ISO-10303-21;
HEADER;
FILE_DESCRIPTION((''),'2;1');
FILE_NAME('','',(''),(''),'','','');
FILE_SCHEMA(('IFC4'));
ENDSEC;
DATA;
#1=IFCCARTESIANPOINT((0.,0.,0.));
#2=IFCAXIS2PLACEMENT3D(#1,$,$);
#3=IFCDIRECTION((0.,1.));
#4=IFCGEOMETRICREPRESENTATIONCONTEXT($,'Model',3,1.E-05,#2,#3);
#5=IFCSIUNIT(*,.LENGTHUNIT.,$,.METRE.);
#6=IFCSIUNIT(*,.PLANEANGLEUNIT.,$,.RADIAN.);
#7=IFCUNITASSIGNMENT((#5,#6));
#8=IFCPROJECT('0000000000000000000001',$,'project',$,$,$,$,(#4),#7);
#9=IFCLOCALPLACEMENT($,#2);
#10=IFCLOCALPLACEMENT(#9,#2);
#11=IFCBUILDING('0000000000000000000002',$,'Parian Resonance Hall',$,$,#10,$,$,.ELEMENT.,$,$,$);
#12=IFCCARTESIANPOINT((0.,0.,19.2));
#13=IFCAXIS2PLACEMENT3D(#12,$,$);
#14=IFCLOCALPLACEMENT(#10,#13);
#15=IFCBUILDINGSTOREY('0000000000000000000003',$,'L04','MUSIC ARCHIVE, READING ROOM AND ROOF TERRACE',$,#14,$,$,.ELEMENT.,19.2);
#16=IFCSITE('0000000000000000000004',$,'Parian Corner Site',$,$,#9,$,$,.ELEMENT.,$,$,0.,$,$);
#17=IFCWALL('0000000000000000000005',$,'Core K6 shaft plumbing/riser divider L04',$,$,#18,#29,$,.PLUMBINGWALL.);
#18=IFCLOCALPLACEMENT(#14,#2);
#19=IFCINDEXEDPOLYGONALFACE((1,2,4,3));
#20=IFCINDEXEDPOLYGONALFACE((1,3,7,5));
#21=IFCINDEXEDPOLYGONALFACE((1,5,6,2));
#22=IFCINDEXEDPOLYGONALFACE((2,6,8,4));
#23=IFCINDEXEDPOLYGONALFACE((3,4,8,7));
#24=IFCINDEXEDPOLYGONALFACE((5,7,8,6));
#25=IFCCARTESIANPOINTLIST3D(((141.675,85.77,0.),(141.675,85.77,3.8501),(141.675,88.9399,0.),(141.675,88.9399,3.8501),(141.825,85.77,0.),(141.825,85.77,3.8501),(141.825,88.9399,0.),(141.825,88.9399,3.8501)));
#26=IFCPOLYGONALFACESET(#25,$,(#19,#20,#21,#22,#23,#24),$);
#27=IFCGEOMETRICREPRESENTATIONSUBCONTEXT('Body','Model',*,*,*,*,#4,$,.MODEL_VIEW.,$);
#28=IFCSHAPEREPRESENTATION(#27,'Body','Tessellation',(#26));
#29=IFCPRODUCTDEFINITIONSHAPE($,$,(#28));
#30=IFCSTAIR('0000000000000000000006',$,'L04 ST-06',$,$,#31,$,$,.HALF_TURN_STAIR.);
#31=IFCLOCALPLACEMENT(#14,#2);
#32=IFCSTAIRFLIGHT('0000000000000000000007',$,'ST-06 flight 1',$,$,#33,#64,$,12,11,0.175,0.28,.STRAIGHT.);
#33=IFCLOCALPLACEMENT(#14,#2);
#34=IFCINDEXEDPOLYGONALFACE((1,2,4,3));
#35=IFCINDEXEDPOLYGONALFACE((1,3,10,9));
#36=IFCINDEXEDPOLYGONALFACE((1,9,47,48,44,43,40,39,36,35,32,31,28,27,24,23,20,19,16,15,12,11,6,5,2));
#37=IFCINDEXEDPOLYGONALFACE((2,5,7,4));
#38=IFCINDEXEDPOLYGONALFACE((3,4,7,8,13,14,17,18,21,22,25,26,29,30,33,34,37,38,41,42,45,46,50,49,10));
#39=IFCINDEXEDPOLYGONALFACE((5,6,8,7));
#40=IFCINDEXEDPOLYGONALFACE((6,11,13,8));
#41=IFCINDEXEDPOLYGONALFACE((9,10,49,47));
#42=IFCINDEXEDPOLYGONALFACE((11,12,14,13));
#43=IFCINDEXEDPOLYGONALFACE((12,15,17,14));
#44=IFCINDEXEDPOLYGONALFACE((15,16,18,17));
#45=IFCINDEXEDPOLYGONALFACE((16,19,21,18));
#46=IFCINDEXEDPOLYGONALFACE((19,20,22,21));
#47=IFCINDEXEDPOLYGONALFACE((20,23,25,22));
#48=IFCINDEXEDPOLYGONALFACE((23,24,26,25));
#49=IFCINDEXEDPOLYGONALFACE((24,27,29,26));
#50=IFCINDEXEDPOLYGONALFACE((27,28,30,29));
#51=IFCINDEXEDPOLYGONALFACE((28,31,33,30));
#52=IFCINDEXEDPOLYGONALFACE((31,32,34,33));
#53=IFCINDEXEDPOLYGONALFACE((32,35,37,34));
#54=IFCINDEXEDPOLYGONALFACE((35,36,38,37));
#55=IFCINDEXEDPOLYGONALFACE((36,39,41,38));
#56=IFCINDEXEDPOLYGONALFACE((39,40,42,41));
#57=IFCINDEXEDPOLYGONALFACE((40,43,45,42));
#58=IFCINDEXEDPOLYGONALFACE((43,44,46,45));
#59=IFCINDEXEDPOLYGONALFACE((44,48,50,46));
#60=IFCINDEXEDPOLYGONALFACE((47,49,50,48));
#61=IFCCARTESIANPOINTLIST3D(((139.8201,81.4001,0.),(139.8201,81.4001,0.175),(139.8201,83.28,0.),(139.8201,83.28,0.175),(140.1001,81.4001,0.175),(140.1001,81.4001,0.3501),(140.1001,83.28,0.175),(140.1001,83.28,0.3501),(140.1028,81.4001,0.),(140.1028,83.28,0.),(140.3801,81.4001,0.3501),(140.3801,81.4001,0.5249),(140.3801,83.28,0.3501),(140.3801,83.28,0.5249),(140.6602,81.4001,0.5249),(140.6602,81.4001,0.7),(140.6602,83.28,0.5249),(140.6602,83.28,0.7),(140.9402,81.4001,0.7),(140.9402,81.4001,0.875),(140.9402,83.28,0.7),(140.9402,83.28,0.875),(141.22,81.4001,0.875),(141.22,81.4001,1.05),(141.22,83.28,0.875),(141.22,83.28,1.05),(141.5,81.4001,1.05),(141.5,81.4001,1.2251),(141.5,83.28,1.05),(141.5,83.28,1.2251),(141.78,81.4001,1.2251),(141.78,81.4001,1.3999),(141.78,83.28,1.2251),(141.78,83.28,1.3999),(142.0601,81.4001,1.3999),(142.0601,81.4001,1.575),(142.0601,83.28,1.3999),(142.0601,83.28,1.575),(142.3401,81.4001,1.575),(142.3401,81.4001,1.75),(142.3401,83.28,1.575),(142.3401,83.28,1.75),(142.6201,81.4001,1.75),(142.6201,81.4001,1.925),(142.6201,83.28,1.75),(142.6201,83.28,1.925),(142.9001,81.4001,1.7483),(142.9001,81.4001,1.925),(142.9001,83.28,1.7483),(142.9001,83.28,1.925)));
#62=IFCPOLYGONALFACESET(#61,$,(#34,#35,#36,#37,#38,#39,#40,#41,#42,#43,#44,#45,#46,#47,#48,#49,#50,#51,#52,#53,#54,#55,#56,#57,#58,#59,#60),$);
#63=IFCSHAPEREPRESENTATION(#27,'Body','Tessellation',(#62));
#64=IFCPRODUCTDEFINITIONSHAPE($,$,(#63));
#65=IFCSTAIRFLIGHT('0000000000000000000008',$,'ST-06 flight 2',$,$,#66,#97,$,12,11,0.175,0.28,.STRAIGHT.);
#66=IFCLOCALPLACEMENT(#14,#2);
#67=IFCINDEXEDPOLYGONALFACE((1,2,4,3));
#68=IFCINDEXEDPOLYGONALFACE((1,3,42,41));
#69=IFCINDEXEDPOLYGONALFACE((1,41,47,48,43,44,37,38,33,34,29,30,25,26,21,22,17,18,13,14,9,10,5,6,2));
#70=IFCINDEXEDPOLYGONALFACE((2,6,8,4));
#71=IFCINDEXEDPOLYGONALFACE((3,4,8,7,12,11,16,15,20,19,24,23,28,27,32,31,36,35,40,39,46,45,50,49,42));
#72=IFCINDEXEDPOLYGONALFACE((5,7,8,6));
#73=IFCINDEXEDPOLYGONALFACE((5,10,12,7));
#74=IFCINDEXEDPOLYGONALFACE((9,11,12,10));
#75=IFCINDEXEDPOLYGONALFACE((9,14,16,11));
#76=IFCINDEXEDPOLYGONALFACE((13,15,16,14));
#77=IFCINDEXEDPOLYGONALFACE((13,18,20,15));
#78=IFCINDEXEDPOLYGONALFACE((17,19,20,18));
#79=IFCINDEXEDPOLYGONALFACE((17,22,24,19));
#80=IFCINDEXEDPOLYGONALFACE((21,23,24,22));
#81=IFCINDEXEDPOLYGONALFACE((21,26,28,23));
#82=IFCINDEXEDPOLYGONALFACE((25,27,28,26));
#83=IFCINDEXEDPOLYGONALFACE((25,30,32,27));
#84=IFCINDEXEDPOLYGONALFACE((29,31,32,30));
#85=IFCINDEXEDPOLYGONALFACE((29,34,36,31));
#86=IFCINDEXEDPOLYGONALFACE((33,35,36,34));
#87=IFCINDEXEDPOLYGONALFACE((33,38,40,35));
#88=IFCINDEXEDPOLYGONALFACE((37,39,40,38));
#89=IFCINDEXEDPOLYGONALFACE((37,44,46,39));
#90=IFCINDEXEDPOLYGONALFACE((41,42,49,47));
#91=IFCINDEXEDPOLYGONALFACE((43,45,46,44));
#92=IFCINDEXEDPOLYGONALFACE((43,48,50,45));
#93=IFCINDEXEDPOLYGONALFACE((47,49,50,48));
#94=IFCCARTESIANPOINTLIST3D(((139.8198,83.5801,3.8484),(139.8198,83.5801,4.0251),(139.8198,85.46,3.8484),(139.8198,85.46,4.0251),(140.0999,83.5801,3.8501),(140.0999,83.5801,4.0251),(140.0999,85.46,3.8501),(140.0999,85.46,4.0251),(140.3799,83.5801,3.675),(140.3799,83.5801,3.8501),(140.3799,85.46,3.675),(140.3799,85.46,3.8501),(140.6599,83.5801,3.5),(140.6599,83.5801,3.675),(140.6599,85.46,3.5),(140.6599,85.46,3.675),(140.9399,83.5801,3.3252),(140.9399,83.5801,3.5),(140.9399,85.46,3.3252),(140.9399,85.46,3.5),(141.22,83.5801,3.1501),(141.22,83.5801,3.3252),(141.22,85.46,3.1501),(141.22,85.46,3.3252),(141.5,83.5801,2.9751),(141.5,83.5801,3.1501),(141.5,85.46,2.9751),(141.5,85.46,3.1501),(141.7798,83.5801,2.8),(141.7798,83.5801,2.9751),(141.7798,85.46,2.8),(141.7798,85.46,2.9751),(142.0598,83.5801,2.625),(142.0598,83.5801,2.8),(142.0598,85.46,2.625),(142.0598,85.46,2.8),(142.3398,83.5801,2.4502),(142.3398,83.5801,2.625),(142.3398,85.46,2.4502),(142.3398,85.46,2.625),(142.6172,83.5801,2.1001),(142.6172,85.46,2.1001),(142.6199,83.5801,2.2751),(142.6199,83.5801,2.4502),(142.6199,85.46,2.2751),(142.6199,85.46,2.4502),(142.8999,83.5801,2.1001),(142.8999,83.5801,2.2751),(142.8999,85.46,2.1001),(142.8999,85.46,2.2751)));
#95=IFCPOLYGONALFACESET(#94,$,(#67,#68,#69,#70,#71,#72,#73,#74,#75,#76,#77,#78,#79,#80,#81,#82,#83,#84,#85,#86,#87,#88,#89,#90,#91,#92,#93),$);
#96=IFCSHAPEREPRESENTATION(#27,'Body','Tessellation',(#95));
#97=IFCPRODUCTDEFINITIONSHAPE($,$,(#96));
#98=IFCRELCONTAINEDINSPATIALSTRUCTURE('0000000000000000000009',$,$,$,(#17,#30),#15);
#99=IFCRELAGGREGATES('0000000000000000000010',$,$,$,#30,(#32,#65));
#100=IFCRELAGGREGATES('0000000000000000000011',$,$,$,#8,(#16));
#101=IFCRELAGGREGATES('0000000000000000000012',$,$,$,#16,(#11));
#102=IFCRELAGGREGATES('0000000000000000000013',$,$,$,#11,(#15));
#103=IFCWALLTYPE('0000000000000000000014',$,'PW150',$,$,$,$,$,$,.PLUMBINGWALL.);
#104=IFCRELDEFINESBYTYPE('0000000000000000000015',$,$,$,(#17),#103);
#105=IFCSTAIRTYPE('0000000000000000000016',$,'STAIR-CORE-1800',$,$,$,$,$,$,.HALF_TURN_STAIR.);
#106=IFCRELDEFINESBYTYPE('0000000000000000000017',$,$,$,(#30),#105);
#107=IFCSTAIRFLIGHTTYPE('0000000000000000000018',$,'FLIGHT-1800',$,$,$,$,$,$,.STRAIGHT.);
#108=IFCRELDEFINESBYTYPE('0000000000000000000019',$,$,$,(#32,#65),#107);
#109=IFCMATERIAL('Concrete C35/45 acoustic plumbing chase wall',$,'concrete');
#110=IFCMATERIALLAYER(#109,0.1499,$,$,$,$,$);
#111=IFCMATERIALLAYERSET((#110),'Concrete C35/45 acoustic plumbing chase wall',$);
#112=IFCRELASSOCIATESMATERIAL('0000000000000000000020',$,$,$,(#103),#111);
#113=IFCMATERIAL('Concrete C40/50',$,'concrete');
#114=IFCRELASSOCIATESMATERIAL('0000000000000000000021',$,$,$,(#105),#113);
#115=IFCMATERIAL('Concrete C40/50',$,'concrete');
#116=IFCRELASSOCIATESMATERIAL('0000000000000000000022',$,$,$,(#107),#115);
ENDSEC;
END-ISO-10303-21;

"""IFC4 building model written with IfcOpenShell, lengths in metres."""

from ifc_helpers import new_model, si_unit, direction, frame, frame_2d, origin, place, context, subcontext, project, spatial, polyline, rectangle, outline, extrude, material, layer, layer_set, type_object, element, aggregate, save


model = new_model("IFC4")

# Units and contexts
model_context = context("Model", 3, precision=1e-05, world=origin(), true_north=direction((0.0, 1.0)))
body_context = subcontext(model_context, "Body", "Model", "MODEL_VIEW")
ifc_project = project(units=[si_unit("LENGTHUNIT", "METRE"), si_unit("PLANEANGLEUNIT", "RADIAN")], contexts=[model_context])

# Site, building, storey
site_placement = place(None, origin())
site = spatial("IfcSite", under=ifc_project, at=site_placement, Name="Parian Corner Site", CompositionType="ELEMENT", RefElevation=0.0)
building_placement = place(site_placement, origin())
building = spatial("IfcBuilding", under=site, at=building_placement, Name="Parian Resonance Hall", CompositionType="ELEMENT")
storey_placement = place(building_placement, frame((0.0, 0.0, 19.2)))
storey = spatial("IfcBuildingStorey", under=building, at=storey_placement, Name="L04", Description="MUSIC ARCHIVE, READING ROOM AND ROOF TERRACE", CompositionType="ELEMENT", Elevation=19.2)

# Wall
ifc_material_1 = material(Name="Concrete C35/45 acoustic plumbing chase wall", Category="concrete")
ifc_layer_1 = layer(ifc_material_1, 0.1499)
ifc_layer_set_1 = layer_set([ifc_layer_1], Name="Concrete C35/45 acoustic plumbing chase wall")
wall_type_1 = type_object("IfcWallType", Name="PW150", PredefinedType="PLUMBINGWALL", material=ifc_layer_set_1)
wall_1_placement = place(storey_placement, frame((141.75, 85.77, 0.0), z_axis=(0.0, 0.0, 1.0), x_axis=(0.0, 1.0, 0.0)))
element("IfcWall", 1, at=wall_1_placement, inside=storey, type_object=wall_type_1, Name="Core K6 shaft plumbing/riser divider L04", PredefinedType="PLUMBINGWALL", context=body_context, shape_type="SweptSolid", body=[
    extrude(rectangle(XDim=3.1699, YDim=0.1499, at=frame_2d((1.585, 0.0))), origin(), (0.0, 0.0, 1.0), 3.8501),
])

# Stair, stair flights
ifc_material_2 = material(Name="Concrete C40/50", Category="concrete")
stair_type = type_object("IfcStairType", Name="STAIR-CORE-1800", PredefinedType="HALF_TURN_STAIR", material=ifc_material_2)
stair_placement = place(storey_placement, origin())
stair = element("IfcStair", 2, at=stair_placement, inside=storey, type_object=stair_type, Name="L04 ST-06", PredefinedType="HALF_TURN_STAIR")
ifc_material_3 = material(Name="Concrete C40/50", Category="concrete")
stair_flight_type = type_object("IfcStairFlightType", Name="FLIGHT-1800", PredefinedType="STRAIGHT", material=ifc_material_3)
stair_flight_1_placement = place(storey_placement, frame((139.8201, 82.3401, 0.0), z_axis=(0.0, 0.0, 1.0), x_axis=(1.0, 0.0, 0.0)))
stair_flight_1 = element("IfcStairFlight", 3, at=stair_flight_1_placement, type_object=stair_flight_type, Name="ST-06 flight 1", NumberOfRisers=12, NumberOfTreads=11, PredefinedType="STRAIGHT", RiserHeight=0.175, TreadLength=0.28, context=body_context, shape_type="SweptSolid", body=[
    extrude(outline(polyline([(0.0, 0.0), (0.0, 0.175), (0.28, 0.175), (0.28, 0.3501), (0.5601, 0.3501), (0.5601, 0.5249), (0.8401, 0.5249), (0.8401, 0.7), (1.1201, 0.7), (1.1201, 0.875), (1.3999, 0.875), (1.3999, 1.05), (1.6799, 1.05), (1.6799, 1.2251), (1.96, 1.2251), (1.96, 1.3999), (2.24, 1.3999), (2.24, 1.575), (2.52, 1.575), (2.52, 1.75), (2.8, 1.75), (2.8, 1.925), (3.0801, 1.925), (3.0801, 2.1001), (3.0801, 1.7483), (0.2827, 0.0), (0.0, 0.0)])), frame((0.0, 0.9399, 0.0), z_axis=(0.0, -1.0, 0.0), x_axis=(1.0, 0.0, 0.0)), (0.0, 0.0, 1.0), 1.8799),
])
stair_flight_2_placement = place(storey_placement, frame((142.8999, 84.52, 2.1001), z_axis=(0.0, 0.0, 1.0), x_axis=(-1.0, 0.0, 0.0)))
stair_flight_2 = element("IfcStairFlight", 4, at=stair_flight_2_placement, type_object=stair_flight_type, Name="ST-06 flight 2", NumberOfRisers=12, NumberOfTreads=11, PredefinedType="STRAIGHT", RiserHeight=0.175, TreadLength=0.28, context=body_context, shape_type="SweptSolid", body=[
    extrude(outline(polyline([(0.0, 0.0), (0.0, 0.175), (0.28, 0.175), (0.28, 0.3501), (0.5601, 0.3501), (0.5601, 0.5249), (0.8401, 0.5249), (0.8401, 0.7), (1.1201, 0.7), (1.1201, 0.875), (1.3999, 0.875), (1.3999, 1.05), (1.6799, 1.05), (1.6799, 1.2251), (1.96, 1.2251), (1.96, 1.3999), (2.24, 1.3999), (2.24, 1.575), (2.52, 1.575), (2.52, 1.75), (2.8, 1.75), (2.8, 1.925), (3.0801, 1.925), (3.0801, 2.1001), (3.0801, 1.7483), (0.2827, 0.0), (0.0, 0.0)])), frame((0.0, 0.9399, 0.0), z_axis=(0.0, -1.0, 0.0), x_axis=(1.0, 0.0, 0.0)), (0.0, 0.0, 1.0), 1.8799),
])
aggregate(stair, [stair_flight_1, stair_flight_2])

save(model, "model.ifc")
